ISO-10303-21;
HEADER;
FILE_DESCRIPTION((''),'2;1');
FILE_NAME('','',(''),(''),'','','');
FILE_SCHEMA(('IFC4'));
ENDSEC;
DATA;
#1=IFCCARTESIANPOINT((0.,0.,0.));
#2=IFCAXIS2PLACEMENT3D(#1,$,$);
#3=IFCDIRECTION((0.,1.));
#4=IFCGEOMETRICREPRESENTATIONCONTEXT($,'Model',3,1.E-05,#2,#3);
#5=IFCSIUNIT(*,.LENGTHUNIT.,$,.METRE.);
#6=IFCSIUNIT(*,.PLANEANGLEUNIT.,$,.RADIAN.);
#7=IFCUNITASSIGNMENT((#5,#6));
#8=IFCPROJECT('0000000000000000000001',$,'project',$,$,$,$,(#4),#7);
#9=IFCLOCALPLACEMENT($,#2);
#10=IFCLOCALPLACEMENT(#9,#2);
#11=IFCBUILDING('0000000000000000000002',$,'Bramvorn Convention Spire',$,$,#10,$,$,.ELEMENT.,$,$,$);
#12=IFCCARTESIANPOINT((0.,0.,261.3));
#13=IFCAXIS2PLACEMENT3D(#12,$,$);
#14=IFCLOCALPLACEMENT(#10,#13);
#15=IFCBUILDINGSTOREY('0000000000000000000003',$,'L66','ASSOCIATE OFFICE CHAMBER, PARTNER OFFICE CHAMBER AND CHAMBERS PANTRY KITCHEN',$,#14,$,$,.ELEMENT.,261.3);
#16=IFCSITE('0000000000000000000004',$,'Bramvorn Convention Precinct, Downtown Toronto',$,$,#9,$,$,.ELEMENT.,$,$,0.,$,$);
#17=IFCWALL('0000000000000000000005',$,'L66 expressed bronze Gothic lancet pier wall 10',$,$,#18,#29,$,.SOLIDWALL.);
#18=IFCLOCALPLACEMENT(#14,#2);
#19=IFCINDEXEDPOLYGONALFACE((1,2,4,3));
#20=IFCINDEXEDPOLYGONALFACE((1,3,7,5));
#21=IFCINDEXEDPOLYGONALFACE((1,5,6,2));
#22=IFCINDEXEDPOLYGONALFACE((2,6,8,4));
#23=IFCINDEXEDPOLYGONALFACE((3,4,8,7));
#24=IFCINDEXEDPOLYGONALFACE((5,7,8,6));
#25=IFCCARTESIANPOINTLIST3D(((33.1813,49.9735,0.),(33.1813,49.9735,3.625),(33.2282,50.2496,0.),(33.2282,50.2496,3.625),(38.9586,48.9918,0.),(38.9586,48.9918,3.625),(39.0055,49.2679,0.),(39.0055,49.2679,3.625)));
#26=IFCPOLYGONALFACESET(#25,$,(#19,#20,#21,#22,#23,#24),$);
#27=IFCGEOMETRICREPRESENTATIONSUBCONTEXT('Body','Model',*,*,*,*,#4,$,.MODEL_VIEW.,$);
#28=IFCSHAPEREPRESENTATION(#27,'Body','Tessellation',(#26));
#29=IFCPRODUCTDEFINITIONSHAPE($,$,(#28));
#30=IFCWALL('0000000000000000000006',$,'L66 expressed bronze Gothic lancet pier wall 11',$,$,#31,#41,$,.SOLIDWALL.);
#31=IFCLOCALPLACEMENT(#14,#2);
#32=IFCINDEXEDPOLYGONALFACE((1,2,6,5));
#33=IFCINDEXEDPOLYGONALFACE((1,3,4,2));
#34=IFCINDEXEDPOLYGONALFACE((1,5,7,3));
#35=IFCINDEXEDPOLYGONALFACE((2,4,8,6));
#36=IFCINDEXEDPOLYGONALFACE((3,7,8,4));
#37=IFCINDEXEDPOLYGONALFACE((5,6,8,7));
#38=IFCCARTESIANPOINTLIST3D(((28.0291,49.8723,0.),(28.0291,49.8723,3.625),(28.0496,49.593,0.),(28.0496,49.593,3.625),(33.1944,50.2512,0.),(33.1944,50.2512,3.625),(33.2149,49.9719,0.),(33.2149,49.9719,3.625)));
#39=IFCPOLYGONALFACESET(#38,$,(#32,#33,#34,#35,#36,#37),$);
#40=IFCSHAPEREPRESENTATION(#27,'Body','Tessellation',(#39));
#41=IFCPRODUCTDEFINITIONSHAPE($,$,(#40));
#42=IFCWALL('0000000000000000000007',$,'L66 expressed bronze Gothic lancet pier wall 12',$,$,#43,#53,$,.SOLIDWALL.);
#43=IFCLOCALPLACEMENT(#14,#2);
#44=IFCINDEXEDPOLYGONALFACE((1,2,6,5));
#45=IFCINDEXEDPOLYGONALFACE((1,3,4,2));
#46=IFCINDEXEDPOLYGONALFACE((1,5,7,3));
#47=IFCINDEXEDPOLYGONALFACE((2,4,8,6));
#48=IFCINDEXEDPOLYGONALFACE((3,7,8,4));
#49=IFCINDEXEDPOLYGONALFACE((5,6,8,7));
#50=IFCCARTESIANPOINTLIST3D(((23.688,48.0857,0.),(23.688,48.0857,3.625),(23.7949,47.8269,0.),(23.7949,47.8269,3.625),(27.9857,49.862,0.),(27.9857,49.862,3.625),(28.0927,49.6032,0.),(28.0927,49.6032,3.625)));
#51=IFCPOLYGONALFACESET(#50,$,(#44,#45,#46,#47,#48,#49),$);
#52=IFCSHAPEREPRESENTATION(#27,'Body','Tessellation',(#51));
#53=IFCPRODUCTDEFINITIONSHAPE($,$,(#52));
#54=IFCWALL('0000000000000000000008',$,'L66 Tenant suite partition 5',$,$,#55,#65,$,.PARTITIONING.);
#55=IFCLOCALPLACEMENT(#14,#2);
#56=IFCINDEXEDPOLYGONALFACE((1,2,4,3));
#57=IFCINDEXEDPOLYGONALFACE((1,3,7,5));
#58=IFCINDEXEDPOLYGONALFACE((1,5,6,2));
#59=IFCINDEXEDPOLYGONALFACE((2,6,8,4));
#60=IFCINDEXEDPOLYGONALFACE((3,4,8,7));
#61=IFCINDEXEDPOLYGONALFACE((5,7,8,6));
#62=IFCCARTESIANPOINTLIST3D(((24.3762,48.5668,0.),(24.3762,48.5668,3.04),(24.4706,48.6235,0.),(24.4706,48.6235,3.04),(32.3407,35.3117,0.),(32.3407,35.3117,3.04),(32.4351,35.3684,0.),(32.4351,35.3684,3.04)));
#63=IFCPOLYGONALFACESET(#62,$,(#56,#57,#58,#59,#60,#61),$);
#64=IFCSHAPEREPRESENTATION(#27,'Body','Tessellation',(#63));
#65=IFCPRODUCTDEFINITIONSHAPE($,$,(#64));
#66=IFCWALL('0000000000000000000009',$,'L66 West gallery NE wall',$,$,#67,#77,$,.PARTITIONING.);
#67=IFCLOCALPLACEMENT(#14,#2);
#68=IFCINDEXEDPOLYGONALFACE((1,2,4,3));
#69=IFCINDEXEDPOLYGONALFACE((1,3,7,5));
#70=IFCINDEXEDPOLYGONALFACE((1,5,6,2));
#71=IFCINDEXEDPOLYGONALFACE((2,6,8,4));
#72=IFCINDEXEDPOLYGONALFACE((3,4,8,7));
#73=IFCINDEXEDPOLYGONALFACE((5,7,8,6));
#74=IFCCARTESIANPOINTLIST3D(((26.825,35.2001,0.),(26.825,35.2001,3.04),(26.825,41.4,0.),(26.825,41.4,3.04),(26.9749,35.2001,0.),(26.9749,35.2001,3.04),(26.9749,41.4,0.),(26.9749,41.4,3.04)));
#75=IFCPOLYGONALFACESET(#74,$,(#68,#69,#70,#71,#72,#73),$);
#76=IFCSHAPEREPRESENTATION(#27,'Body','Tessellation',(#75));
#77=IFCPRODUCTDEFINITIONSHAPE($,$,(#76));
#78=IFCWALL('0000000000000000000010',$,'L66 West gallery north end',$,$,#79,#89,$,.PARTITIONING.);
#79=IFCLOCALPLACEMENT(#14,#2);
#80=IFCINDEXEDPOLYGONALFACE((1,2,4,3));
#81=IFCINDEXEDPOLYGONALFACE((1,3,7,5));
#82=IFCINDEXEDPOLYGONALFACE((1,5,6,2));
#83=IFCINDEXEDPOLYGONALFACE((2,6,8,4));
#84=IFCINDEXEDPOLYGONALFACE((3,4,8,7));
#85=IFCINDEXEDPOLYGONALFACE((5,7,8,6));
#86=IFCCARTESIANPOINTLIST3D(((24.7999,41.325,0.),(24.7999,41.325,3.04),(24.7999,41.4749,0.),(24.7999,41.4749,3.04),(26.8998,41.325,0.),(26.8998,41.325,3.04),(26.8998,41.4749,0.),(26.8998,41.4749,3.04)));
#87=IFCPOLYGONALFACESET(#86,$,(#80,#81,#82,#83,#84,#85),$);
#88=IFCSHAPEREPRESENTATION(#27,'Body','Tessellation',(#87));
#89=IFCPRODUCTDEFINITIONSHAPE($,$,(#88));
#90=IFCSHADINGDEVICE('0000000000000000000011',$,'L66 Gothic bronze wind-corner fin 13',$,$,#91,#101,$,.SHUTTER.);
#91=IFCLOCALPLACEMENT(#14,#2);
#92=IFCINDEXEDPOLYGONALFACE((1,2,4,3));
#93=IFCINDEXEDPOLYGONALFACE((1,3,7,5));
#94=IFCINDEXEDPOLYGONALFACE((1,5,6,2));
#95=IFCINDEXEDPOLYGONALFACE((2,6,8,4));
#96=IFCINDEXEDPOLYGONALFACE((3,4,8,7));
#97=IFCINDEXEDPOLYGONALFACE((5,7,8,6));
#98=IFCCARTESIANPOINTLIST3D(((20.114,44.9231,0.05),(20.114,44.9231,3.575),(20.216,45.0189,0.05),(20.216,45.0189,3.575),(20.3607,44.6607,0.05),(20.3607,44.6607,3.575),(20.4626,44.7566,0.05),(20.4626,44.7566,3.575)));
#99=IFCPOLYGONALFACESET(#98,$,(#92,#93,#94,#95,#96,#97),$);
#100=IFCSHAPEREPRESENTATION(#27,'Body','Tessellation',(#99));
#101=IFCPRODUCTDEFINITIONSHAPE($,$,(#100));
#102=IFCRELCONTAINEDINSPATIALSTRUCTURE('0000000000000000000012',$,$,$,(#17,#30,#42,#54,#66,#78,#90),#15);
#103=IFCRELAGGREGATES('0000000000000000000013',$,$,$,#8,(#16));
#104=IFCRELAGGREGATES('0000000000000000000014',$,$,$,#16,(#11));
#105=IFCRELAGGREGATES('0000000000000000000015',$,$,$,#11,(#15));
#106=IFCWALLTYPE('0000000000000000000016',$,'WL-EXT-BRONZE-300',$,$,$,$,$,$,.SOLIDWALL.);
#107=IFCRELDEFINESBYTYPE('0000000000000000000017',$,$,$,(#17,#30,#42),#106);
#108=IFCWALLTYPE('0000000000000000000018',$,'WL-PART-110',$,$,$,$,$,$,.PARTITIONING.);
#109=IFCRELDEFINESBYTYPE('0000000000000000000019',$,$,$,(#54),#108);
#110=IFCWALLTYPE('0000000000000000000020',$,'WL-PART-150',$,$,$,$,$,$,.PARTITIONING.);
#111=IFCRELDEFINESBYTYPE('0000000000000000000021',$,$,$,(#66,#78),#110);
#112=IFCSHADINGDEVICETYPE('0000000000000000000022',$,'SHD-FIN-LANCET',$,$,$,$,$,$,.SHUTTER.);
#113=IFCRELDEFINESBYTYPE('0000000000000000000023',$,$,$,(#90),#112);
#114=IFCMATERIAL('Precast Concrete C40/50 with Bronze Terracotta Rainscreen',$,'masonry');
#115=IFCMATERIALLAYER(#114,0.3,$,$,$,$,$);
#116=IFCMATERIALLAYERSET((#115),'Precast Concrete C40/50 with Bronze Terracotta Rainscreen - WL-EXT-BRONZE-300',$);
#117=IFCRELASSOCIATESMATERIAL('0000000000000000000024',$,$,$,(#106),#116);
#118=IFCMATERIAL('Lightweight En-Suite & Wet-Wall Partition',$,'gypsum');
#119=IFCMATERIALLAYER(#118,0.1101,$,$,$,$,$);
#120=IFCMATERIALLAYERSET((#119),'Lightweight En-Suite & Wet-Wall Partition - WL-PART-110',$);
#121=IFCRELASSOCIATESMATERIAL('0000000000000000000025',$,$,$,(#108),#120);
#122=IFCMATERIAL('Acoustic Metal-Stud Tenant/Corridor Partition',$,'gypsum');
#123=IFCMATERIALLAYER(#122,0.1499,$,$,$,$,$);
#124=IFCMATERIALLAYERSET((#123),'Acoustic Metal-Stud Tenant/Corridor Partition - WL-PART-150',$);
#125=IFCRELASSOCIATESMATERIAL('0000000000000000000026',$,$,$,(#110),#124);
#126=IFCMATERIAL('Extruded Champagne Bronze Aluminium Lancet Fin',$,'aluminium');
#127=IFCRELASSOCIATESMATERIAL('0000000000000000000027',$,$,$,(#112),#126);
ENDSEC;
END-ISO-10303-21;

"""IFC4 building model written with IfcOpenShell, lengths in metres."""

from ifc_helpers import new_model, si_unit, direction, frame, frame_2d, origin, origin_2d, place, context, subcontext, project, spatial, rectangle, extrude, material, layer, layer_set, type_object, element, save


model = new_model("IFC4")

# Units and contexts
model_context = context("Model", 3, precision=1e-05, world=origin(), true_north=direction((0.0, 1.0)))
body_context = subcontext(model_context, "Body", "Model", "MODEL_VIEW")
ifc_project = project(units=[si_unit("LENGTHUNIT", "METRE"), si_unit("PLANEANGLEUNIT", "RADIAN")], contexts=[model_context])

# Site, building, storey
site_placement = place(None, origin())
site = spatial("IfcSite", under=ifc_project, at=site_placement, Name="Bramvorn Convention Precinct, Downtown Toronto", CompositionType="ELEMENT", RefElevation=0.0)
building_placement = place(site_placement, origin())
building = spatial("IfcBuilding", under=site, at=building_placement, Name="Bramvorn Convention Spire", CompositionType="ELEMENT")
storey_placement = place(building_placement, frame((0.0, 0.0, 261.3)))
storey = spatial("IfcBuildingStorey", under=building, at=storey_placement, Name="L66", Description="ASSOCIATE OFFICE CHAMBER, PARTNER OFFICE CHAMBER AND CHAMBERS PANTRY KITCHEN", CompositionType="ELEMENT", Elevation=261.3)

# Walls
ifc_material_1 = material(Name="Precast Concrete C40/50 with Bronze Terracotta Rainscreen", Category="masonry")
ifc_layer_1 = layer(ifc_material_1, 0.3)
ifc_layer_set_1 = layer_set([ifc_layer_1], Name="Precast Concrete C40/50 with Bronze Terracotta Rainscreen - WL-EXT-BRONZE-300")
wall_type_1 = type_object("IfcWallType", Name="WL-EXT-BRONZE-300", PredefinedType="SOLIDWALL", material=ifc_layer_set_1)
wall_1_placement = place(storey_placement, frame((33.2046, 50.1116, 0.0), z_axis=(0.0, 0.0, 1.0), x_axis=(0.985869, -0.167519, 0.0)))
element("IfcWall", 1, at=wall_1_placement, inside=storey, type_object=wall_type_1, Name="L66 expressed bronze Gothic lancet pier wall 10", PredefinedType="SOLIDWALL", context=body_context, shape_type="SweptSolid", body=[
    extrude(rectangle(XDim=5.8601, YDim=0.28, at=frame_2d((2.9302, 0.0))), origin(), (0.0, 0.0, 1.0), 3.625),
])
wall_2_placement = place(storey_placement, frame((28.0393, 49.7327, 0.0), z_axis=(0.0, 0.0, 1.0), x_axis=(0.99732, 0.07316, 0.0)))
element("IfcWall", 2, at=wall_2_placement, inside=storey, type_object=wall_type_1, Name="L66 expressed bronze Gothic lancet pier wall 11", PredefinedType="SOLIDWALL", context=body_context, shape_type="SweptSolid", body=[
    extrude(rectangle(XDim=5.1792, YDim=0.28, at=frame_2d((2.5896, 0.0))), origin(), (0.0, 0.0, 1.0), 3.625),
])
wall_3_placement = place(storey_placement, frame((23.7415, 47.9563, 0.0), z_axis=(0.0, 0.0, 1.0), x_axis=(0.924173, 0.381975, 0.0)))
element("IfcWall", 3, at=wall_3_placement, inside=storey, type_object=wall_type_1, Name="L66 expressed bronze Gothic lancet pier wall 12", PredefinedType="SOLIDWALL", context=body_context, shape_type="SweptSolid", body=[
    extrude(rectangle(XDim=4.6504, YDim=0.28, at=frame_2d((2.3252, 0.0))), origin(), (0.0, 0.0, 1.0), 3.625),
])
ifc_material_2 = material(Name="Lightweight En-Suite & Wet-Wall Partition", Category="gypsum")
ifc_layer_2 = layer(ifc_material_2, 0.1101)
ifc_layer_set_2 = layer_set([ifc_layer_2], Name="Lightweight En-Suite & Wet-Wall Partition - WL-PART-110")
wall_type_2 = type_object("IfcWallType", Name="WL-PART-110", PredefinedType="PARTITIONING", material=ifc_layer_set_2)
wall_4_placement = place(storey_placement, frame((32.3879, 35.3401, 0.0), z_axis=(0.0, 0.0, 1.0), x_axis=(-0.515044, 0.857164, 0.0)))
element("IfcWall", 4, at=wall_4_placement, inside=storey, type_object=wall_type_2, Name="L66 Tenant suite partition 5", PredefinedType="PARTITIONING", context=body_context, shape_type="SweptSolid", body=[
    extrude(rectangle(XDim=15.4639, YDim=0.1101, at=frame_2d((7.7319, 0.0))), origin(), (0.0, 0.0, 1.0), 3.04),
])
ifc_material_3 = material(Name="Acoustic Metal-Stud Tenant/Corridor Partition", Category="gypsum")
ifc_layer_3 = layer(ifc_material_3, 0.1499)
ifc_layer_set_3 = layer_set([ifc_layer_3], Name="Acoustic Metal-Stud Tenant/Corridor Partition - WL-PART-150")
wall_type_3 = type_object("IfcWallType", Name="WL-PART-150", PredefinedType="PARTITIONING", material=ifc_layer_set_3)
wall_5_placement = place(storey_placement, frame((26.8999, 35.2, 0.0), z_axis=(0.0, 0.0, 1.0), x_axis=(0.0, 1.0, 0.0)))
element("IfcWall", 5, at=wall_5_placement, inside=storey, type_object=wall_type_3, Name="L66 West gallery NE wall", PredefinedType="PARTITIONING", context=body_context, shape_type="SweptSolid", body=[
    extrude(rectangle(XDim=6.2, YDim=0.1499, at=frame_2d((3.1001, 0.0))), origin(), (0.0, 0.0, 1.0), 3.04),
])
wall_6_placement = place(storey_placement, frame((24.8, 41.3999, 0.0), z_axis=(0.0, 0.0, 1.0), x_axis=(1.0, 0.0, 0.0)))
element("IfcWall", 6, at=wall_6_placement, inside=storey, type_object=wall_type_3, Name="L66 West gallery north end", PredefinedType="PARTITIONING", context=body_context, shape_type="SweptSolid", body=[
    extrude(rectangle(XDim=2.0999, YDim=0.1499, at=frame_2d((1.0498, 0.0))), origin(), (0.0, 0.0, 1.0), 3.04),
])

# Shading device
ifc_material_4 = material(Name="Extruded Champagne Bronze Aluminium Lancet Fin", Category="aluminium")
shading_device_type = type_object("IfcShadingDeviceType", Name="SHD-FIN-LANCET", PredefinedType="SHUTTER", material=ifc_material_4)
shading_device_placement = place(storey_placement, frame((20.2883, 44.8398, 0.05), z_axis=(0.0, 0.0, 1.0), x_axis=(-0.684956, 0.728584, 0.0)))
element("IfcShadingDevice", 7, at=shading_device_placement, inside=storey, type_object=shading_device_type, Name="L66 Gothic bronze wind-corner fin 13", PredefinedType="SHUTTER", context=body_context, shape_type="SweptSolid", body=[
    extrude(rectangle(XDim=0.3601, YDim=0.1399, at=origin_2d()), origin(), (0.0, 0.0, 1.0), 3.5249),
])

save(model, "model.ifc")
